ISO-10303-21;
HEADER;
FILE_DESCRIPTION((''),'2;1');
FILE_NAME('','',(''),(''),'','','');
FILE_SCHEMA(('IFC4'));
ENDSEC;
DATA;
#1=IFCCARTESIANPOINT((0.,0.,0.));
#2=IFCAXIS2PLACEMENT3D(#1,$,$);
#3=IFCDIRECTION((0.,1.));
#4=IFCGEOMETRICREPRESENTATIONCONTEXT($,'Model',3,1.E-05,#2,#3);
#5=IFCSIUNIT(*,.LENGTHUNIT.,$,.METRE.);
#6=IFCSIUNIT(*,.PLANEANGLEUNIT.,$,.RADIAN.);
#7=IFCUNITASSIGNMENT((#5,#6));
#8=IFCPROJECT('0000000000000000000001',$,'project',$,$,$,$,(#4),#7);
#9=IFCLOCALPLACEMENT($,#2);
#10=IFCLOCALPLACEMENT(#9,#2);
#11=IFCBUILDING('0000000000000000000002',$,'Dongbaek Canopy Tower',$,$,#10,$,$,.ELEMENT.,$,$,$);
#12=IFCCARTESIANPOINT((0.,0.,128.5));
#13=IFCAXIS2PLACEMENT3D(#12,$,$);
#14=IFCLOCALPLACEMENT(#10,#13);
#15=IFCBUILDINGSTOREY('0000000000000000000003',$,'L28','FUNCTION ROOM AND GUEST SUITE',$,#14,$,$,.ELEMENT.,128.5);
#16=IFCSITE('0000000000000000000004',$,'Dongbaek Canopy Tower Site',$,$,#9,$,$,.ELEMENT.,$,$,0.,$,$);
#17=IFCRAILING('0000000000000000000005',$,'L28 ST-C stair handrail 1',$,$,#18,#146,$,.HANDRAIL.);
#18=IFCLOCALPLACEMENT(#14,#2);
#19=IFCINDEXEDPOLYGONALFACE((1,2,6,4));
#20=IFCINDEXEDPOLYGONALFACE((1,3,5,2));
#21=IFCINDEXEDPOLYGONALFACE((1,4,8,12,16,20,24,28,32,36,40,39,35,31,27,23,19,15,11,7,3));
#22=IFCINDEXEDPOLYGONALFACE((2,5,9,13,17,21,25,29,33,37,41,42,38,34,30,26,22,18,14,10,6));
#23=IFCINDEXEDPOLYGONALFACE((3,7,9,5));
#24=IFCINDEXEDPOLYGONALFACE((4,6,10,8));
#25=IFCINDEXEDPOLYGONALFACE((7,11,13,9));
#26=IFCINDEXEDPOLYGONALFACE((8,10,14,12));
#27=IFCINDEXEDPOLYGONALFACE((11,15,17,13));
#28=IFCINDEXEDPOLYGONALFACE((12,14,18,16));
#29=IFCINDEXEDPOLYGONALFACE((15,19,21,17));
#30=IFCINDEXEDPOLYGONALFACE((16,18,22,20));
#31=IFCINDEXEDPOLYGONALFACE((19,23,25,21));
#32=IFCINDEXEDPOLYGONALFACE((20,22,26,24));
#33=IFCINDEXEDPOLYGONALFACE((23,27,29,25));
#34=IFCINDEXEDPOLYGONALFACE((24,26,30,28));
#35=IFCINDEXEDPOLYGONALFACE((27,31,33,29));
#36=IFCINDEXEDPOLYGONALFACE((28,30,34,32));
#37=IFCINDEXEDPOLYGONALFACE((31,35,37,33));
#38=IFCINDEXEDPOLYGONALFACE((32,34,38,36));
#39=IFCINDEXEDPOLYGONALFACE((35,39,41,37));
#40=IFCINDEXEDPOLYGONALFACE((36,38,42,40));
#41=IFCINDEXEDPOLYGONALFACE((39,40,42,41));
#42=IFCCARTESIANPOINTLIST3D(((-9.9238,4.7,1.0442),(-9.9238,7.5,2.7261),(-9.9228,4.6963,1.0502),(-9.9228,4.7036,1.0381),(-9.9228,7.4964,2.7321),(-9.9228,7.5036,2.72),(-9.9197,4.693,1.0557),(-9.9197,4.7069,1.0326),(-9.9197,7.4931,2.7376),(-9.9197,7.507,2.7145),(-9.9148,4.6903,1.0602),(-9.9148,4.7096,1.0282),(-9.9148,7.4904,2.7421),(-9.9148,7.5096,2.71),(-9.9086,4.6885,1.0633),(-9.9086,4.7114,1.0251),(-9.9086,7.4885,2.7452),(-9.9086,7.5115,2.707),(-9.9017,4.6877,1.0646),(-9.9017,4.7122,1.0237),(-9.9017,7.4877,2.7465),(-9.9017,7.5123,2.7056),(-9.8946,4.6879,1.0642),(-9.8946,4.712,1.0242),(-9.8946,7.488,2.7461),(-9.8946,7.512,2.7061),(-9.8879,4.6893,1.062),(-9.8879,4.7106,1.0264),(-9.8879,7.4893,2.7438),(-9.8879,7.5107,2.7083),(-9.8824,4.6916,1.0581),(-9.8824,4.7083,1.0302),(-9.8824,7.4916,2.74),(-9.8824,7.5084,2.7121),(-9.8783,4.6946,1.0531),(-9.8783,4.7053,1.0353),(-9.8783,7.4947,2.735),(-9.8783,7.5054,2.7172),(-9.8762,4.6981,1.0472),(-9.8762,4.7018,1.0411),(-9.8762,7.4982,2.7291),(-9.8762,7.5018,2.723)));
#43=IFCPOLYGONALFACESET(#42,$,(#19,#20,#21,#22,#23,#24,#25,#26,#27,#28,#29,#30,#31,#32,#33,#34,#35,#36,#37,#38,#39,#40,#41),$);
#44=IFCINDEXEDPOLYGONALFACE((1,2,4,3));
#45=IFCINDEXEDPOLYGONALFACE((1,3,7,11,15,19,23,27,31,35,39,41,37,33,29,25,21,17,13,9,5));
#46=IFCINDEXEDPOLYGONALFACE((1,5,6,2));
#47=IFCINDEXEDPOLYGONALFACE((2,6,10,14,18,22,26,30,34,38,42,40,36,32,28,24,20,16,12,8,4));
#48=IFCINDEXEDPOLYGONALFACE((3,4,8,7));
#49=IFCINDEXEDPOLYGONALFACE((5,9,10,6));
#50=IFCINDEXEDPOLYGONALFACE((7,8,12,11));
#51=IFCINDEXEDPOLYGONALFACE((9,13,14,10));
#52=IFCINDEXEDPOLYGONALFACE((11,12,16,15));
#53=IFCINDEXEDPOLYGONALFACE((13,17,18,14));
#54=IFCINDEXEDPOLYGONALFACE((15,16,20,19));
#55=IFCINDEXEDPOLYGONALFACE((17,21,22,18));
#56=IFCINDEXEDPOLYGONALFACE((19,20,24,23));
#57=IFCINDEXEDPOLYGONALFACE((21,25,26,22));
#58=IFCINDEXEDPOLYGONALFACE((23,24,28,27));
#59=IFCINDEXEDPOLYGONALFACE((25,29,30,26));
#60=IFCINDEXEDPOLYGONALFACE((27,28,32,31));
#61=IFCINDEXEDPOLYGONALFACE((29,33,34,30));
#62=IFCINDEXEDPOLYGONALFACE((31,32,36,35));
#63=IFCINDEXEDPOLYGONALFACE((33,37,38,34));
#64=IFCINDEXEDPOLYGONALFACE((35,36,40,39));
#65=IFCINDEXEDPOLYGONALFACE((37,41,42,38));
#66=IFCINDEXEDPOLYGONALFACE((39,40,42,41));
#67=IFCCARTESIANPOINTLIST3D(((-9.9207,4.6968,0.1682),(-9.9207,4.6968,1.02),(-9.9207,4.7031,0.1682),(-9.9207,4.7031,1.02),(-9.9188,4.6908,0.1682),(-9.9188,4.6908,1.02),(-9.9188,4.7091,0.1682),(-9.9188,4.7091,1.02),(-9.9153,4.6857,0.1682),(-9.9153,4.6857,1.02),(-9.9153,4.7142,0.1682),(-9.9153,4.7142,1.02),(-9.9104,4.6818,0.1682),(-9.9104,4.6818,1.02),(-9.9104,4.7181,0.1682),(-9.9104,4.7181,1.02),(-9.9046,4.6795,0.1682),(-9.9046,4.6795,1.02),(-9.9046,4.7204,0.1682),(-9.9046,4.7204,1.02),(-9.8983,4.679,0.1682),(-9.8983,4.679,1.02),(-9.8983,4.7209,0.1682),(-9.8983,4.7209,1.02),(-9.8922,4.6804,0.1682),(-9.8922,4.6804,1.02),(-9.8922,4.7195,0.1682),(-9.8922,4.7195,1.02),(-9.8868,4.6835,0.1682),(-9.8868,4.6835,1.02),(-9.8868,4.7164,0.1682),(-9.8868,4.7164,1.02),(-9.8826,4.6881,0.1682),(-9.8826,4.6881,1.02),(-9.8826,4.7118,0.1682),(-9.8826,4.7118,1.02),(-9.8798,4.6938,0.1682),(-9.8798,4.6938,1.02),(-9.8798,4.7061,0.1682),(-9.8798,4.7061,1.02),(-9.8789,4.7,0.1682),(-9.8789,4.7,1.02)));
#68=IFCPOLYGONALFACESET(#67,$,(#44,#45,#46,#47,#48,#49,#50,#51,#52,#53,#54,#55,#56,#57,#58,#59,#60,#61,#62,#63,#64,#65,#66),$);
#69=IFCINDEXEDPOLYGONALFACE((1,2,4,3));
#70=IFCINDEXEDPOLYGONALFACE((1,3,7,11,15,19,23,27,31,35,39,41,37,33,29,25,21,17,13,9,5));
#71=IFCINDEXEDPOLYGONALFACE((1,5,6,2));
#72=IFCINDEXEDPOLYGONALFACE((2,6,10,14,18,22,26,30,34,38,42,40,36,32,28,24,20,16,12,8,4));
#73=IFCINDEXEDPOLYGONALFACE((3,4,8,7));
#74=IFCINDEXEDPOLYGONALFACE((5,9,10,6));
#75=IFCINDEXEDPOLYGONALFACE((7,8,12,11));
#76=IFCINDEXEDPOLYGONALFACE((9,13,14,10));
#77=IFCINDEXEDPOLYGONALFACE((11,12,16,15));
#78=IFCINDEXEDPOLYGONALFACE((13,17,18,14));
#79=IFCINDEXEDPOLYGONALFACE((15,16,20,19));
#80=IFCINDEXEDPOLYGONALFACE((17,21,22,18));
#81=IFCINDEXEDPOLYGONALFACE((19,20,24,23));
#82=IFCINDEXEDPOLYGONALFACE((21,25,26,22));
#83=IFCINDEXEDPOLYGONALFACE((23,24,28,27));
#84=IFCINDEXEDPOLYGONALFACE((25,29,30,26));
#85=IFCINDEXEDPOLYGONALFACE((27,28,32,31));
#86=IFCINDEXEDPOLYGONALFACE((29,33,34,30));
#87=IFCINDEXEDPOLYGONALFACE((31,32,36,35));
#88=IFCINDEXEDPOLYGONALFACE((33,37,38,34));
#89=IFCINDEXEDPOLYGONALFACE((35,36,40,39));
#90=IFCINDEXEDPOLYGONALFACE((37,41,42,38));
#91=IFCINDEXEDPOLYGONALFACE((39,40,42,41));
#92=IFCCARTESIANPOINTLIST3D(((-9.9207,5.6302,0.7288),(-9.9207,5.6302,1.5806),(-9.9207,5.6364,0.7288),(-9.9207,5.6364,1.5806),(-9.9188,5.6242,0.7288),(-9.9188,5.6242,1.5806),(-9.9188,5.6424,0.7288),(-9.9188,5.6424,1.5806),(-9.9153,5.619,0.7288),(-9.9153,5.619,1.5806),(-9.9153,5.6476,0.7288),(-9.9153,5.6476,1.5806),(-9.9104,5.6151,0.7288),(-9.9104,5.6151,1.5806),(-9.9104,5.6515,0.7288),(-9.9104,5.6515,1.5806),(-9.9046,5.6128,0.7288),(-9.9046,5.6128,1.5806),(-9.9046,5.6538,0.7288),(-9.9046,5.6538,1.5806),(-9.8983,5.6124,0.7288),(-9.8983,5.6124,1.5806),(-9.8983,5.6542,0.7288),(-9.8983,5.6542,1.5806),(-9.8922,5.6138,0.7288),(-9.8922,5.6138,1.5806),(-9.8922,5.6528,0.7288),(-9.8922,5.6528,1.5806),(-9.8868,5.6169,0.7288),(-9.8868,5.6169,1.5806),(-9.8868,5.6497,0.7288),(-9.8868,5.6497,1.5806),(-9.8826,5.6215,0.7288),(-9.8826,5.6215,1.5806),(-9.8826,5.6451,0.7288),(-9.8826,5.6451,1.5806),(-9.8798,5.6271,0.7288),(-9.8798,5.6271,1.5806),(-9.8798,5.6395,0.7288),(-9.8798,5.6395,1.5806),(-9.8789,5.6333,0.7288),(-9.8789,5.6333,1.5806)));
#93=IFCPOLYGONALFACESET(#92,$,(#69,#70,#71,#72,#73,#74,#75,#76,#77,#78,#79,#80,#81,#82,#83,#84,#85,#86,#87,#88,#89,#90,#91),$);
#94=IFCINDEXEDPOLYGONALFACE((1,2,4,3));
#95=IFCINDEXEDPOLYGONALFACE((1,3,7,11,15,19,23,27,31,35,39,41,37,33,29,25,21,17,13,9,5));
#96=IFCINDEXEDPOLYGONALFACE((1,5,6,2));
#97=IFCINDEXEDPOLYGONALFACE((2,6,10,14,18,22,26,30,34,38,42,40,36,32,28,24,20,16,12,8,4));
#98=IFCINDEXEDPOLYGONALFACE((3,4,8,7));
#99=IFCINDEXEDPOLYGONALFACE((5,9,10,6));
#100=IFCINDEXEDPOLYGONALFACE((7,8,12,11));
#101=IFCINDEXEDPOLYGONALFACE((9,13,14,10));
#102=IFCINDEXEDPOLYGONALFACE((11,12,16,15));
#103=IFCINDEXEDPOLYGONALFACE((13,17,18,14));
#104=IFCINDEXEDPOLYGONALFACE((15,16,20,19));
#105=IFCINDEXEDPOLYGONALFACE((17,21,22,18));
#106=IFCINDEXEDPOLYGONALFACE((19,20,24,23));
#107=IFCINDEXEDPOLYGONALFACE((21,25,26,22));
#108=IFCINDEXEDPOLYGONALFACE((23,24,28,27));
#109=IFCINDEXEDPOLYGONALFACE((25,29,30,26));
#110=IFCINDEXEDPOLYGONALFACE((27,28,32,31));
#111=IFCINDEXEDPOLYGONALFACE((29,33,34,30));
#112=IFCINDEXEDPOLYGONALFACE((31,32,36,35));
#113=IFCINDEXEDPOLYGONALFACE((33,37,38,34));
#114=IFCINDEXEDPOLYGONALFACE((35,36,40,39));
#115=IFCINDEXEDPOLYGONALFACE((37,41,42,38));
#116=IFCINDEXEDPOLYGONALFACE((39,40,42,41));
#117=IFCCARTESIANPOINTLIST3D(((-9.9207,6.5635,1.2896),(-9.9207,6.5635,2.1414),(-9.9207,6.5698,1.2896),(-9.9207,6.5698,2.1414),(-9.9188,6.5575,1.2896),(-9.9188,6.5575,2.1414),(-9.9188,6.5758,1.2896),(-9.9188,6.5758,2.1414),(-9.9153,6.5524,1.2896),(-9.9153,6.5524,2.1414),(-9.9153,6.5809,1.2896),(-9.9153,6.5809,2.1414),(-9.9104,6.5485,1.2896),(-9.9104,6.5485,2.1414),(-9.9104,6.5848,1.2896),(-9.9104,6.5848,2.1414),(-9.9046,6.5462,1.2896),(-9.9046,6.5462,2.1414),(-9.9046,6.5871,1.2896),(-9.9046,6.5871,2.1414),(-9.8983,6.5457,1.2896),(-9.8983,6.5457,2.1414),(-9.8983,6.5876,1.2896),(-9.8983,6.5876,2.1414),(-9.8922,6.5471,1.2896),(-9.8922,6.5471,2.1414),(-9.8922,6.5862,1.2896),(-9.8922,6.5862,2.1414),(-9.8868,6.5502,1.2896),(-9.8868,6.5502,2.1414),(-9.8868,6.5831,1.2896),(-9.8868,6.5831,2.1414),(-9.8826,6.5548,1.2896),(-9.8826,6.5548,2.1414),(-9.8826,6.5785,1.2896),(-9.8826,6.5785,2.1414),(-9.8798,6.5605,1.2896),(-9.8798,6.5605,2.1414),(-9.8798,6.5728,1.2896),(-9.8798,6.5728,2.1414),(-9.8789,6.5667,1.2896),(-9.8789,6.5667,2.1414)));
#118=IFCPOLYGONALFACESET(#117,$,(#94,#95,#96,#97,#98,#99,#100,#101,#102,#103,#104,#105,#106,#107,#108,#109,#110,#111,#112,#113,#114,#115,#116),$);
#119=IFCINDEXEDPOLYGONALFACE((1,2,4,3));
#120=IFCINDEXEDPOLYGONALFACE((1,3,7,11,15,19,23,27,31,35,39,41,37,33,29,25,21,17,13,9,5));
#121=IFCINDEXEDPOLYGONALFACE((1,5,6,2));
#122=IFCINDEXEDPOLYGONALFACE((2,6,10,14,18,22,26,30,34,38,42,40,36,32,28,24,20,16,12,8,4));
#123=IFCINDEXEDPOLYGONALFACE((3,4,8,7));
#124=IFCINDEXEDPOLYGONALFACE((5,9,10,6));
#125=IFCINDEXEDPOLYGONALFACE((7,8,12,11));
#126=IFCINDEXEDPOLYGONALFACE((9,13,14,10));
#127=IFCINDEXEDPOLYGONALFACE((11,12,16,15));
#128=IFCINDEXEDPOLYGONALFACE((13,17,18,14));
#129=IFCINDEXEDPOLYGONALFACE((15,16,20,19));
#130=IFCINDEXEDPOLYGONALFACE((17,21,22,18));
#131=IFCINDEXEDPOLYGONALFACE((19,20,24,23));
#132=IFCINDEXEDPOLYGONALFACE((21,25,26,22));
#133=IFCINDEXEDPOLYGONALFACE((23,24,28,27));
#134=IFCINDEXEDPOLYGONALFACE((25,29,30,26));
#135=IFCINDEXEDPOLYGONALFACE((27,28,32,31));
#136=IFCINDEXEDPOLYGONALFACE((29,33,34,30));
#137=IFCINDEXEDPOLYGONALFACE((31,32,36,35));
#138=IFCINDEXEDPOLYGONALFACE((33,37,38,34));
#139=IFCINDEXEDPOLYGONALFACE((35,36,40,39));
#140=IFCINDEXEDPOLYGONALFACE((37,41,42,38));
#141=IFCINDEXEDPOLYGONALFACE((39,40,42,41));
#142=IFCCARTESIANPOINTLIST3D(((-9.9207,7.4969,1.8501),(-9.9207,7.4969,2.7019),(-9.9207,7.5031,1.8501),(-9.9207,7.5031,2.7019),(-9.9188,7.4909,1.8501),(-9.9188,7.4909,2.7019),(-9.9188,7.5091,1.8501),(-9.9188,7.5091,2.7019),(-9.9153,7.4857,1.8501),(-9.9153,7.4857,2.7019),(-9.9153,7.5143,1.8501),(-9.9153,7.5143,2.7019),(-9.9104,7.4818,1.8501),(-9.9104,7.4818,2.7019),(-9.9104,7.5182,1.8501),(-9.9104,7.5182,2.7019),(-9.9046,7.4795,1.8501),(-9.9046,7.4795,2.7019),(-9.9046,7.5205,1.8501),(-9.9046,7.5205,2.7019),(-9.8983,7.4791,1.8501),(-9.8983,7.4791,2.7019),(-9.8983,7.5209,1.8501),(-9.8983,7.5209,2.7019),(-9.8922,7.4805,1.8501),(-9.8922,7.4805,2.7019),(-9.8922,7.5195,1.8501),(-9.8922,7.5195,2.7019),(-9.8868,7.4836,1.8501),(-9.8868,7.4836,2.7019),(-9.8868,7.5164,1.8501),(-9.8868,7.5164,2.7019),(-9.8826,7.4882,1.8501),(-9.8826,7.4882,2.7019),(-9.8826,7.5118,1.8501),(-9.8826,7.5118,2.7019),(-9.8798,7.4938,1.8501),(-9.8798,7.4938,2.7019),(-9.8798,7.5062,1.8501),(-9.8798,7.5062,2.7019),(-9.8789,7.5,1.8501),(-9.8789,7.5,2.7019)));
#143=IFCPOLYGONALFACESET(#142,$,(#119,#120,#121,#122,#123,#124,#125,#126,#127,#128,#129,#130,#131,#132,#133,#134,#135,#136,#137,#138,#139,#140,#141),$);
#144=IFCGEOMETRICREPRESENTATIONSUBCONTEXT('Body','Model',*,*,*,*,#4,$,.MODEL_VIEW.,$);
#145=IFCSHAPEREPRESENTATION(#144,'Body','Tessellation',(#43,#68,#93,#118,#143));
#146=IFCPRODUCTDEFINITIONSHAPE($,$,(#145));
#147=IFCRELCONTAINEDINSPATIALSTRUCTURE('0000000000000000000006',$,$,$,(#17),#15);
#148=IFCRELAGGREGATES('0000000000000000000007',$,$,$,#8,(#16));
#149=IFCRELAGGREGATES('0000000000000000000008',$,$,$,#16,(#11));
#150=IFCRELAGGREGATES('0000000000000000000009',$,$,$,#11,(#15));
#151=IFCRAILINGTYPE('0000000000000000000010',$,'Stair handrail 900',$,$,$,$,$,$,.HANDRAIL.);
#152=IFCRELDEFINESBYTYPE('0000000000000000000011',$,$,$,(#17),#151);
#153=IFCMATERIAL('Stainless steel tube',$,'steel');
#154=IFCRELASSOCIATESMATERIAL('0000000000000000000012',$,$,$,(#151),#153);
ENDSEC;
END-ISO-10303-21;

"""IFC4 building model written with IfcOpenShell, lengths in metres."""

from ifc_helpers import new_model, si_unit, direction, frame, origin, origin_2d, place, context, subcontext, project, spatial, circle, extrude, material, type_object, element, save


model = new_model("IFC4")

# Units and contexts
model_context = context("Model", 3, precision=1e-05, world=origin(), true_north=direction((0.0, 1.0)))
body_context = subcontext(model_context, "Body", "Model", "MODEL_VIEW")
ifc_project = project(units=[si_unit("LENGTHUNIT", "METRE"), si_unit("PLANEANGLEUNIT", "RADIAN")], contexts=[model_context])

# Site, building, storey
site_placement = place(None, origin())
site = spatial("IfcSite", under=ifc_project, at=site_placement, Name="Dongbaek Canopy Tower Site", CompositionType="ELEMENT", RefElevation=0.0)
building_placement = place(site_placement, origin())
building = spatial("IfcBuilding", under=site, at=building_placement, Name="Dongbaek Canopy Tower", CompositionType="ELEMENT")
storey_placement = place(building_placement, frame((0.0, 0.0, 128.5)))
storey = spatial("IfcBuildingStorey", under=building, at=storey_placement, Name="L28", Description="FUNCTION ROOM AND GUEST SUITE", CompositionType="ELEMENT", Elevation=128.5)

# Railing
ifc_material_1 = material(Name="Stainless steel tube", Category="steel")
railing_type_1 = type_object("IfcRailingType", Name="Stair handrail 900", PredefinedType="HANDRAIL", material=ifc_material_1)
railing_1_placement = place(storey_placement, frame((-9.8999, 4.7, 0.1682)))
element("IfcRailing", 1, at=railing_1_placement, inside=storey, type_object=railing_type_1, Name="L28 ST-C stair handrail 1", PredefinedType="HANDRAIL", context=body_context, shape_type="SweptSolid", body=[
    extrude(circle(Radius=0.0239, at=origin_2d()), frame((0.0, 0.0, 0.876), z_axis=(0.0, 0.857242, 0.514913), x_axis=(-1.0, 0.0, 0.0)), (0.0, 0.0, 1.0), 3.2664),
    extrude(circle(Radius=0.021, at=origin_2d()), origin(), (0.0, 0.0, 1.0), 0.8518),
    extrude(circle(Radius=0.021, at=origin_2d()), frame((0.0, 0.9333, 0.5605)), (0.0, 0.0, 1.0), 0.8518),
    extrude(circle(Radius=0.021, at=origin_2d()), frame((0.0, 1.8667, 1.1213)), (0.0, 0.0, 1.0), 0.8518),
    extrude(circle(Radius=0.021, at=origin_2d()), frame((0.0, 2.8, 1.6819)), (0.0, 0.0, 1.0), 0.8518),
])

save(model, "model.ifc")
